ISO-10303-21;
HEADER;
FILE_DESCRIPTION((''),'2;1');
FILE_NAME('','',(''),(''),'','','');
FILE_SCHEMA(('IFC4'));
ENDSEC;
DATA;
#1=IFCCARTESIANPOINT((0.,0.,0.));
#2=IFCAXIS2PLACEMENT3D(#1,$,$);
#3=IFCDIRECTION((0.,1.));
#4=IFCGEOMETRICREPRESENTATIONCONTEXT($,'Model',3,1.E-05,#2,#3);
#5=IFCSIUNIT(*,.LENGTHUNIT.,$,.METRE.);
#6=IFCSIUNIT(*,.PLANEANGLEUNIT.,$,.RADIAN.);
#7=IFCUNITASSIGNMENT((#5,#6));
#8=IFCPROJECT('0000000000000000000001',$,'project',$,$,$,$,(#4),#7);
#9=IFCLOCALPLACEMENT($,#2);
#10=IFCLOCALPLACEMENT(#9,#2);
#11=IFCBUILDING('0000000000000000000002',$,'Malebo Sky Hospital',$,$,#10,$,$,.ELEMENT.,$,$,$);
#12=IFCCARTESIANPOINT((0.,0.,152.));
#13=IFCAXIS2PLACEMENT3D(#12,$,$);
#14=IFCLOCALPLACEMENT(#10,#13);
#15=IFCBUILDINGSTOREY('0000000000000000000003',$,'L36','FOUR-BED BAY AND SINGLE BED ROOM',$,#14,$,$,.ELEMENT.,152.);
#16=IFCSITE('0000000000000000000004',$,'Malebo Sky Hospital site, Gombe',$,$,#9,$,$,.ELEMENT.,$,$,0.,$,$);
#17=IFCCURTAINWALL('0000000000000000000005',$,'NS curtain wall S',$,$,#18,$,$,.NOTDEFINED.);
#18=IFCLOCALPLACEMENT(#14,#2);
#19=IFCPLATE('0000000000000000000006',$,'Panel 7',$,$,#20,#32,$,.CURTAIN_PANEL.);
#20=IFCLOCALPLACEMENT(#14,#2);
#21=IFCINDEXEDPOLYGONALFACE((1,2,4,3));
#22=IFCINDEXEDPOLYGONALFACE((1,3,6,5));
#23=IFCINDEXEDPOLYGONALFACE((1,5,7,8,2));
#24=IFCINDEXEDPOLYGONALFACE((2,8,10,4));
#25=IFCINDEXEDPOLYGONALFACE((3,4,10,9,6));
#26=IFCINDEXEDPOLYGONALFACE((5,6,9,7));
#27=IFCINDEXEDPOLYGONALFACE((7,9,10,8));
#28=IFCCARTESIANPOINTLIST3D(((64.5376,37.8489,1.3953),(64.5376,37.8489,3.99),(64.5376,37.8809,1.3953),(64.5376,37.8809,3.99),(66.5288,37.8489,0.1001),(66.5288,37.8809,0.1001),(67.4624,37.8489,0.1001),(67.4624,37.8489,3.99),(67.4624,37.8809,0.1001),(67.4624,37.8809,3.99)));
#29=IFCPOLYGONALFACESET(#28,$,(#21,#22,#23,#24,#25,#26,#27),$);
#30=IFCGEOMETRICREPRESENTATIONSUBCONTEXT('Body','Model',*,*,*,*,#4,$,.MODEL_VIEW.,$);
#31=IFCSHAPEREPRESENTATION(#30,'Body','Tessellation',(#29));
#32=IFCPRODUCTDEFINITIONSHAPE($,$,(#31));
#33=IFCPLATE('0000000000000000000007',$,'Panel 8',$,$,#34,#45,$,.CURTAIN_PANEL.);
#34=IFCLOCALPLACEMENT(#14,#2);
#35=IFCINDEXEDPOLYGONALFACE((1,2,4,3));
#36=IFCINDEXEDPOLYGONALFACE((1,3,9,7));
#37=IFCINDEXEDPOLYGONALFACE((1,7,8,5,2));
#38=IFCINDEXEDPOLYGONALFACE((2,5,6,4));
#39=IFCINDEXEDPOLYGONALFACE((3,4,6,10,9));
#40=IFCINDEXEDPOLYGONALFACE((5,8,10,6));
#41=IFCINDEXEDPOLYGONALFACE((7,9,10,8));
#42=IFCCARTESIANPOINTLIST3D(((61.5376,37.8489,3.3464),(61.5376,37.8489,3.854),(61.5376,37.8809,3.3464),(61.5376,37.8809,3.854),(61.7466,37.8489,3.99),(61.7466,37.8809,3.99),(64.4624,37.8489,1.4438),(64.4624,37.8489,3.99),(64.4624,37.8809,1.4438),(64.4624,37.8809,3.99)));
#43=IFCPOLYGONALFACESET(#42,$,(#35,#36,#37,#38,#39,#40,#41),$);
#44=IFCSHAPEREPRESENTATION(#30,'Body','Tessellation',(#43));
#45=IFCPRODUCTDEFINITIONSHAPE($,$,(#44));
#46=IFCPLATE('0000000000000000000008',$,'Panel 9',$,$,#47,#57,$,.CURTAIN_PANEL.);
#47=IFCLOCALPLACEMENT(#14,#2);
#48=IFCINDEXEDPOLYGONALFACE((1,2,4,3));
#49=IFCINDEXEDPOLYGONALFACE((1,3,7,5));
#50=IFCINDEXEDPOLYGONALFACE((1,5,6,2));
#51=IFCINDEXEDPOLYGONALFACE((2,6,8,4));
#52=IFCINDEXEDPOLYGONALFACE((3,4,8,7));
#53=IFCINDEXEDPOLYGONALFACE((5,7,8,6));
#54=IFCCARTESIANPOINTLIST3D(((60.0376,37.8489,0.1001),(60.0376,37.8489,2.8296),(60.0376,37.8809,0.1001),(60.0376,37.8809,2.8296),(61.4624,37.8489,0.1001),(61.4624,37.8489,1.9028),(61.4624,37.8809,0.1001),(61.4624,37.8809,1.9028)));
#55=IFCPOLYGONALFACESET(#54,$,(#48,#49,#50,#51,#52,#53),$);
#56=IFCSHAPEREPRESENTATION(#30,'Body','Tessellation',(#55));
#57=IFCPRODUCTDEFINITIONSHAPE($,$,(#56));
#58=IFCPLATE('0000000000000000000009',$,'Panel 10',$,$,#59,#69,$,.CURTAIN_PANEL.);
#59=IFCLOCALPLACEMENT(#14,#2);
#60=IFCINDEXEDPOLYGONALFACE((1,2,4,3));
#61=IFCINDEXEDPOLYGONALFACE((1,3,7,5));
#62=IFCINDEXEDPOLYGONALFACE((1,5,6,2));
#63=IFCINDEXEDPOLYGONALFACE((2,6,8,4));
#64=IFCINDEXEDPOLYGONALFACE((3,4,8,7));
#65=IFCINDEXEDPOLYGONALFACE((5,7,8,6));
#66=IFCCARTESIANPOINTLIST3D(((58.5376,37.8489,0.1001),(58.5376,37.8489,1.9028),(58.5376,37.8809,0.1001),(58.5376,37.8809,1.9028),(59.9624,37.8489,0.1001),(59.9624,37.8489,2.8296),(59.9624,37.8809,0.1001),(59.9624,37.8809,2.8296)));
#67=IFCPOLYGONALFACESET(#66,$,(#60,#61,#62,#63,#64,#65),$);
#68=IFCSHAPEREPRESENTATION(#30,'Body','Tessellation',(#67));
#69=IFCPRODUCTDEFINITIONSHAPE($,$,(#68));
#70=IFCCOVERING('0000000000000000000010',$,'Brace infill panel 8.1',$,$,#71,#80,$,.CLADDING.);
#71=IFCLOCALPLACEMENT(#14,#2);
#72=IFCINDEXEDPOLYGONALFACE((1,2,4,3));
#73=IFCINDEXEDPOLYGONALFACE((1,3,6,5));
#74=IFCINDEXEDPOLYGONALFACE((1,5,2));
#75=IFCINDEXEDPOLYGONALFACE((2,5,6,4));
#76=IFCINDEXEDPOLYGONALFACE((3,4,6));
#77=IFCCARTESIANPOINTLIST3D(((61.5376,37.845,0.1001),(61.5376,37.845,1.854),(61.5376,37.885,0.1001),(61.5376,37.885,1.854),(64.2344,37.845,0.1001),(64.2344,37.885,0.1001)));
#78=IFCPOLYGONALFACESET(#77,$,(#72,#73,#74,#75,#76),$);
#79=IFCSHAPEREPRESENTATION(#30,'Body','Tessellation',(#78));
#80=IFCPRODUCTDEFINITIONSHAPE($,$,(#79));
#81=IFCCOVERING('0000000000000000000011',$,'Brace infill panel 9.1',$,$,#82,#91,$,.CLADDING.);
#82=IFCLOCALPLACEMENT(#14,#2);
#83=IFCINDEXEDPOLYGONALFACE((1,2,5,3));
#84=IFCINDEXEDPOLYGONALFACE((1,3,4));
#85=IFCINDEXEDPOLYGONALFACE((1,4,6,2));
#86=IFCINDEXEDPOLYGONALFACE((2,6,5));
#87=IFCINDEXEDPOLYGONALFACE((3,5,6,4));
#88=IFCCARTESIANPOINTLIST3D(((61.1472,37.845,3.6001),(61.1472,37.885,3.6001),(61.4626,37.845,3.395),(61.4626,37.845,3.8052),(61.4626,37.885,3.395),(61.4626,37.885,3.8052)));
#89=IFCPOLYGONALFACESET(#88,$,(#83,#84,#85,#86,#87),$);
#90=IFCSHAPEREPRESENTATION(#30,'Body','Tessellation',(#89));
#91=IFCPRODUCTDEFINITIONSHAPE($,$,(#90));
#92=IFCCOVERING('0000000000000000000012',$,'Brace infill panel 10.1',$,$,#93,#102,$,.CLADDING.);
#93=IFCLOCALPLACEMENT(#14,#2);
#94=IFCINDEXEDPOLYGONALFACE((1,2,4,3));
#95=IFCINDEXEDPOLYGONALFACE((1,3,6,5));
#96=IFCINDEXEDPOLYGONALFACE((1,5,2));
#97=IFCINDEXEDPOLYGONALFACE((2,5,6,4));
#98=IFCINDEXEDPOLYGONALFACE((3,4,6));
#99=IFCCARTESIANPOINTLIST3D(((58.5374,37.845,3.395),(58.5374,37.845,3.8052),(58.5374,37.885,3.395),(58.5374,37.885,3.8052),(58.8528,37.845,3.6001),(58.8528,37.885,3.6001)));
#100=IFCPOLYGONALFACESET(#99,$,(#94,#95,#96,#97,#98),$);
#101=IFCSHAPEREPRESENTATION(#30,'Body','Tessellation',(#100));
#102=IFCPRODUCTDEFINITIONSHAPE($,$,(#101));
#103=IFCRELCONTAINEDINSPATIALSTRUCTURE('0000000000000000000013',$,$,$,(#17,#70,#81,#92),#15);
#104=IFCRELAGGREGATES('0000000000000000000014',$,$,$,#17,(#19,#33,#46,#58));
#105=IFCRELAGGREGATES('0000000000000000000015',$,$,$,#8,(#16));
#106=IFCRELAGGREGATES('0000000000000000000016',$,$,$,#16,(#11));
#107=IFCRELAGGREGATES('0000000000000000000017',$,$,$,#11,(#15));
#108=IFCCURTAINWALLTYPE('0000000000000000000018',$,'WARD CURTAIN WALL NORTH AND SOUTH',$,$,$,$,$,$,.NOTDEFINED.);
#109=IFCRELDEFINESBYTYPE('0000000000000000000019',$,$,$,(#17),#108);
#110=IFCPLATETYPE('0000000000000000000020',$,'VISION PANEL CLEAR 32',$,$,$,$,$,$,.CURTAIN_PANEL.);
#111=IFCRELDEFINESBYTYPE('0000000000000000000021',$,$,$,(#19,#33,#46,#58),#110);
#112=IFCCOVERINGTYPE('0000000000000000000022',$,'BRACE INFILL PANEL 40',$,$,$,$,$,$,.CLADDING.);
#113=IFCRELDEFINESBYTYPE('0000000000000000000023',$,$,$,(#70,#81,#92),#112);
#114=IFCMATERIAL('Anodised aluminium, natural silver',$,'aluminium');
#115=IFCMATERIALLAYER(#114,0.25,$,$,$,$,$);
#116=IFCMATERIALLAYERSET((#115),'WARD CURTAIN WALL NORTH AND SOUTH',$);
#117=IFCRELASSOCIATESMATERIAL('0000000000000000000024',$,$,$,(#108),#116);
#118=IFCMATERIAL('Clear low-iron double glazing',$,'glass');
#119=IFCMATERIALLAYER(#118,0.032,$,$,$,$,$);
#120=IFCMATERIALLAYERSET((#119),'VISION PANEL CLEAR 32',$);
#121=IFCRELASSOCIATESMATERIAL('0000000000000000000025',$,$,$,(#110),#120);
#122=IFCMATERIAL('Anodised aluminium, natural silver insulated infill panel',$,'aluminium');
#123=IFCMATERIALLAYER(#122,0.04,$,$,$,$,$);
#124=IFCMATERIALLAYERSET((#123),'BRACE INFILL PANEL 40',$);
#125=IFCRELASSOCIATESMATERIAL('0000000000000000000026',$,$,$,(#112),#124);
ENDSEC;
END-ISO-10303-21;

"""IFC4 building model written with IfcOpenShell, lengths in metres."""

from ifc_helpers import new_model, si_unit, direction, frame, origin, place, context, subcontext, project, spatial, polyline, outline, extrude, material, layer, layer_set, type_object, element, aggregate, save


model = new_model("IFC4")

# Units and contexts
model_context = context("Model", 3, precision=1e-05, world=origin(), true_north=direction((0.0, 1.0)))
body_context = subcontext(model_context, "Body", "Model", "MODEL_VIEW")
ifc_project = project(units=[si_unit("LENGTHUNIT", "METRE"), si_unit("PLANEANGLEUNIT", "RADIAN")], contexts=[model_context])

# Site, building, storey
site_placement = place(None, origin())
site = spatial("IfcSite", under=ifc_project, at=site_placement, Name="Malebo Sky Hospital site, Gombe", CompositionType="ELEMENT", RefElevation=0.0)
building_placement = place(site_placement, origin())
building = spatial("IfcBuilding", under=site, at=building_placement, Name="Malebo Sky Hospital", CompositionType="ELEMENT")
storey_placement = place(building_placement, frame((0.0, 0.0, 152.0)))
storey = spatial("IfcBuildingStorey", under=building, at=storey_placement, Name="L36", Description="FOUR-BED BAY AND SINGLE BED ROOM", CompositionType="ELEMENT", Elevation=152.0)

# Curtain wall
ifc_material_1 = material(Name="Anodised aluminium, natural silver", Category="aluminium")
ifc_layer_1 = layer(ifc_material_1, 0.25)
ifc_layer_set_1 = layer_set([ifc_layer_1], Name="WARD CURTAIN WALL NORTH AND SOUTH")
curtain_wall_type = type_object("IfcCurtainWallType", Name="WARD CURTAIN WALL NORTH AND SOUTH", PredefinedType="NOTDEFINED", material=ifc_layer_set_1)
curtain_wall_placement = place(storey_placement, origin())
curtain_wall = element("IfcCurtainWall", 1, at=curtain_wall_placement, inside=storey, type_object=curtain_wall_type, Name="NS curtain wall S", PredefinedType="NOTDEFINED")

# Plates
ifc_material_2 = material(Name="Clear low-iron double glazing", Category="glass")
ifc_layer_2 = layer(ifc_material_2, 0.032)
ifc_layer_set_2 = layer_set([ifc_layer_2], Name="VISION PANEL CLEAR 32")
plate_type = type_object("IfcPlateType", Name="VISION PANEL CLEAR 32", PredefinedType="CURTAIN_PANEL", material=ifc_layer_set_2)
plate_1_placement = place(storey_placement, frame((66.0, 37.865, 0.1001), z_axis=(0.0, 0.0, 1.0), x_axis=(-1.0, 0.0, 0.0)))
plate_1 = element("IfcPlate", 2, at=plate_1_placement, type_object=plate_type, Name="Panel 7", PredefinedType="CURTAIN_PANEL", context=body_context, shape_type="SweptSolid", body=[
    extrude(outline(polyline([(-1.4624, 0.0), (-0.5288, 0.0), (1.4624, 1.2952), (1.4624, 3.8899), (-1.4624, 3.8899), (-1.4624, 0.0)])), frame((0.0, 0.0161, 0.0), z_axis=(0.0, -1.0, 0.0), x_axis=(1.0, 0.0, 0.0)), (0.0, 0.0, 1.0), 0.032),
])
plate_2_placement = place(storey_placement, frame((63.0, 37.865, 1.4438), z_axis=(0.0, 0.0, 1.0), x_axis=(-1.0, 0.0, 0.0)))
plate_2 = element("IfcPlate", 3, at=plate_2_placement, type_object=plate_type, Name="Panel 8", PredefinedType="CURTAIN_PANEL", context=body_context, shape_type="SweptSolid", body=[
    extrude(outline(polyline([(-1.4624, 0.0), (1.4624, 1.9026), (1.4624, 2.4102), (1.2534, 2.5461), (-1.4624, 2.5461), (-1.4624, 0.0)])), frame((0.0, 0.0161, 0.0), z_axis=(0.0, -1.0, 0.0), x_axis=(1.0, 0.0, 0.0)), (0.0, 0.0, 1.0), 0.032),
])
plate_3_placement = place(storey_placement, frame((60.75, 37.865, 0.1001), z_axis=(0.0, 0.0, 1.0), x_axis=(-1.0, 0.0, 0.0)))
plate_3 = element("IfcPlate", 4, at=plate_3_placement, type_object=plate_type, Name="Panel 9", PredefinedType="CURTAIN_PANEL", context=body_context, shape_type="SweptSolid", body=[
    extrude(outline(polyline([(-0.7124, 0.0), (0.7124, 0.0), (0.7124, 2.7295), (-0.7124, 1.8027), (-0.7124, 0.0)])), frame((0.0, 0.0161, 0.0), z_axis=(0.0, -1.0, 0.0), x_axis=(1.0, 0.0, 0.0)), (0.0, 0.0, 1.0), 0.032),
])
plate_4_placement = place(storey_placement, frame((59.25, 37.865, 0.1001), z_axis=(0.0, 0.0, 1.0), x_axis=(-1.0, 0.0, 0.0)))
plate_4 = element("IfcPlate", 5, at=plate_4_placement, type_object=plate_type, Name="Panel 10", PredefinedType="CURTAIN_PANEL", context=body_context, shape_type="SweptSolid", body=[
    extrude(outline(polyline([(-0.7124, 0.0), (0.7124, 0.0), (0.7124, 1.8027), (-0.7124, 2.7295), (-0.7124, 0.0)])), frame((0.0, 0.0161, 0.0), z_axis=(0.0, -1.0, 0.0), x_axis=(1.0, 0.0, 0.0)), (0.0, 0.0, 1.0), 0.032),
])
aggregate(curtain_wall, [plate_1, plate_2, plate_3, plate_4])

# Coverings
ifc_material_3 = material(Name="Anodised aluminium, natural silver insulated infill panel", Category="aluminium")
ifc_layer_3 = layer(ifc_material_3, 0.04)
ifc_layer_set_3 = layer_set([ifc_layer_3], Name="BRACE INFILL PANEL 40")
covering_type = type_object("IfcCoveringType", Name="BRACE INFILL PANEL 40", PredefinedType="CLADDING", material=ifc_layer_set_3)
covering_1_placement = place(storey_placement, frame((62.886, 37.865, 0.1001), z_axis=(0.0, 0.0, 1.0), x_axis=(-1.0, 0.0, 0.0)))
element("IfcCovering", 6, at=covering_1_placement, inside=storey, type_object=covering_type, Name="Brace infill panel 8.1", PredefinedType="CLADDING", context=body_context, shape_type="SweptSolid", body=[
    extrude(outline(polyline([(-1.3484, 0.0), (1.3484, 0.0), (1.3484, 1.7539), (-1.3484, 0.0)])), frame((0.0, 0.02, 0.0), z_axis=(0.0, -1.0, 0.0), x_axis=(1.0, 0.0, 0.0)), (0.0, 0.0, 1.0), 0.04),
])
covering_2_placement = place(storey_placement, frame((61.3049, 37.865, 3.395), z_axis=(0.0, 0.0, 1.0), x_axis=(-1.0, 0.0, 0.0)))
element("IfcCovering", 7, at=covering_2_placement, inside=storey, type_object=covering_type, Name="Brace infill panel 9.1", PredefinedType="CLADDING", context=body_context, shape_type="SweptSolid", body=[
    extrude(outline(polyline([(-0.1577, 0.0), (0.1577, 0.2051), (-0.1577, 0.4102), (-0.1577, 0.0)])), frame((0.0, 0.02, 0.0), z_axis=(0.0, -1.0, 0.0), x_axis=(1.0, 0.0, 0.0)), (0.0, 0.0, 1.0), 0.04),
])
covering_3_placement = place(storey_placement, frame((58.6951, 37.865, 3.395), z_axis=(0.0, 0.0, 1.0), x_axis=(-1.0, 0.0, 0.0)))
element("IfcCovering", 8, at=covering_3_placement, inside=storey, type_object=covering_type, Name="Brace infill panel 10.1", PredefinedType="CLADDING", context=body_context, shape_type="SweptSolid", body=[
    extrude(outline(polyline([(0.1577, 0.0), (0.1577, 0.4102), (-0.1577, 0.2051), (0.1577, 0.0)])), frame((0.0, 0.02, 0.0), z_axis=(0.0, -1.0, 0.0), x_axis=(1.0, 0.0, 0.0)), (0.0, 0.0, 1.0), 0.04),
])

save(model, "model.ifc")
